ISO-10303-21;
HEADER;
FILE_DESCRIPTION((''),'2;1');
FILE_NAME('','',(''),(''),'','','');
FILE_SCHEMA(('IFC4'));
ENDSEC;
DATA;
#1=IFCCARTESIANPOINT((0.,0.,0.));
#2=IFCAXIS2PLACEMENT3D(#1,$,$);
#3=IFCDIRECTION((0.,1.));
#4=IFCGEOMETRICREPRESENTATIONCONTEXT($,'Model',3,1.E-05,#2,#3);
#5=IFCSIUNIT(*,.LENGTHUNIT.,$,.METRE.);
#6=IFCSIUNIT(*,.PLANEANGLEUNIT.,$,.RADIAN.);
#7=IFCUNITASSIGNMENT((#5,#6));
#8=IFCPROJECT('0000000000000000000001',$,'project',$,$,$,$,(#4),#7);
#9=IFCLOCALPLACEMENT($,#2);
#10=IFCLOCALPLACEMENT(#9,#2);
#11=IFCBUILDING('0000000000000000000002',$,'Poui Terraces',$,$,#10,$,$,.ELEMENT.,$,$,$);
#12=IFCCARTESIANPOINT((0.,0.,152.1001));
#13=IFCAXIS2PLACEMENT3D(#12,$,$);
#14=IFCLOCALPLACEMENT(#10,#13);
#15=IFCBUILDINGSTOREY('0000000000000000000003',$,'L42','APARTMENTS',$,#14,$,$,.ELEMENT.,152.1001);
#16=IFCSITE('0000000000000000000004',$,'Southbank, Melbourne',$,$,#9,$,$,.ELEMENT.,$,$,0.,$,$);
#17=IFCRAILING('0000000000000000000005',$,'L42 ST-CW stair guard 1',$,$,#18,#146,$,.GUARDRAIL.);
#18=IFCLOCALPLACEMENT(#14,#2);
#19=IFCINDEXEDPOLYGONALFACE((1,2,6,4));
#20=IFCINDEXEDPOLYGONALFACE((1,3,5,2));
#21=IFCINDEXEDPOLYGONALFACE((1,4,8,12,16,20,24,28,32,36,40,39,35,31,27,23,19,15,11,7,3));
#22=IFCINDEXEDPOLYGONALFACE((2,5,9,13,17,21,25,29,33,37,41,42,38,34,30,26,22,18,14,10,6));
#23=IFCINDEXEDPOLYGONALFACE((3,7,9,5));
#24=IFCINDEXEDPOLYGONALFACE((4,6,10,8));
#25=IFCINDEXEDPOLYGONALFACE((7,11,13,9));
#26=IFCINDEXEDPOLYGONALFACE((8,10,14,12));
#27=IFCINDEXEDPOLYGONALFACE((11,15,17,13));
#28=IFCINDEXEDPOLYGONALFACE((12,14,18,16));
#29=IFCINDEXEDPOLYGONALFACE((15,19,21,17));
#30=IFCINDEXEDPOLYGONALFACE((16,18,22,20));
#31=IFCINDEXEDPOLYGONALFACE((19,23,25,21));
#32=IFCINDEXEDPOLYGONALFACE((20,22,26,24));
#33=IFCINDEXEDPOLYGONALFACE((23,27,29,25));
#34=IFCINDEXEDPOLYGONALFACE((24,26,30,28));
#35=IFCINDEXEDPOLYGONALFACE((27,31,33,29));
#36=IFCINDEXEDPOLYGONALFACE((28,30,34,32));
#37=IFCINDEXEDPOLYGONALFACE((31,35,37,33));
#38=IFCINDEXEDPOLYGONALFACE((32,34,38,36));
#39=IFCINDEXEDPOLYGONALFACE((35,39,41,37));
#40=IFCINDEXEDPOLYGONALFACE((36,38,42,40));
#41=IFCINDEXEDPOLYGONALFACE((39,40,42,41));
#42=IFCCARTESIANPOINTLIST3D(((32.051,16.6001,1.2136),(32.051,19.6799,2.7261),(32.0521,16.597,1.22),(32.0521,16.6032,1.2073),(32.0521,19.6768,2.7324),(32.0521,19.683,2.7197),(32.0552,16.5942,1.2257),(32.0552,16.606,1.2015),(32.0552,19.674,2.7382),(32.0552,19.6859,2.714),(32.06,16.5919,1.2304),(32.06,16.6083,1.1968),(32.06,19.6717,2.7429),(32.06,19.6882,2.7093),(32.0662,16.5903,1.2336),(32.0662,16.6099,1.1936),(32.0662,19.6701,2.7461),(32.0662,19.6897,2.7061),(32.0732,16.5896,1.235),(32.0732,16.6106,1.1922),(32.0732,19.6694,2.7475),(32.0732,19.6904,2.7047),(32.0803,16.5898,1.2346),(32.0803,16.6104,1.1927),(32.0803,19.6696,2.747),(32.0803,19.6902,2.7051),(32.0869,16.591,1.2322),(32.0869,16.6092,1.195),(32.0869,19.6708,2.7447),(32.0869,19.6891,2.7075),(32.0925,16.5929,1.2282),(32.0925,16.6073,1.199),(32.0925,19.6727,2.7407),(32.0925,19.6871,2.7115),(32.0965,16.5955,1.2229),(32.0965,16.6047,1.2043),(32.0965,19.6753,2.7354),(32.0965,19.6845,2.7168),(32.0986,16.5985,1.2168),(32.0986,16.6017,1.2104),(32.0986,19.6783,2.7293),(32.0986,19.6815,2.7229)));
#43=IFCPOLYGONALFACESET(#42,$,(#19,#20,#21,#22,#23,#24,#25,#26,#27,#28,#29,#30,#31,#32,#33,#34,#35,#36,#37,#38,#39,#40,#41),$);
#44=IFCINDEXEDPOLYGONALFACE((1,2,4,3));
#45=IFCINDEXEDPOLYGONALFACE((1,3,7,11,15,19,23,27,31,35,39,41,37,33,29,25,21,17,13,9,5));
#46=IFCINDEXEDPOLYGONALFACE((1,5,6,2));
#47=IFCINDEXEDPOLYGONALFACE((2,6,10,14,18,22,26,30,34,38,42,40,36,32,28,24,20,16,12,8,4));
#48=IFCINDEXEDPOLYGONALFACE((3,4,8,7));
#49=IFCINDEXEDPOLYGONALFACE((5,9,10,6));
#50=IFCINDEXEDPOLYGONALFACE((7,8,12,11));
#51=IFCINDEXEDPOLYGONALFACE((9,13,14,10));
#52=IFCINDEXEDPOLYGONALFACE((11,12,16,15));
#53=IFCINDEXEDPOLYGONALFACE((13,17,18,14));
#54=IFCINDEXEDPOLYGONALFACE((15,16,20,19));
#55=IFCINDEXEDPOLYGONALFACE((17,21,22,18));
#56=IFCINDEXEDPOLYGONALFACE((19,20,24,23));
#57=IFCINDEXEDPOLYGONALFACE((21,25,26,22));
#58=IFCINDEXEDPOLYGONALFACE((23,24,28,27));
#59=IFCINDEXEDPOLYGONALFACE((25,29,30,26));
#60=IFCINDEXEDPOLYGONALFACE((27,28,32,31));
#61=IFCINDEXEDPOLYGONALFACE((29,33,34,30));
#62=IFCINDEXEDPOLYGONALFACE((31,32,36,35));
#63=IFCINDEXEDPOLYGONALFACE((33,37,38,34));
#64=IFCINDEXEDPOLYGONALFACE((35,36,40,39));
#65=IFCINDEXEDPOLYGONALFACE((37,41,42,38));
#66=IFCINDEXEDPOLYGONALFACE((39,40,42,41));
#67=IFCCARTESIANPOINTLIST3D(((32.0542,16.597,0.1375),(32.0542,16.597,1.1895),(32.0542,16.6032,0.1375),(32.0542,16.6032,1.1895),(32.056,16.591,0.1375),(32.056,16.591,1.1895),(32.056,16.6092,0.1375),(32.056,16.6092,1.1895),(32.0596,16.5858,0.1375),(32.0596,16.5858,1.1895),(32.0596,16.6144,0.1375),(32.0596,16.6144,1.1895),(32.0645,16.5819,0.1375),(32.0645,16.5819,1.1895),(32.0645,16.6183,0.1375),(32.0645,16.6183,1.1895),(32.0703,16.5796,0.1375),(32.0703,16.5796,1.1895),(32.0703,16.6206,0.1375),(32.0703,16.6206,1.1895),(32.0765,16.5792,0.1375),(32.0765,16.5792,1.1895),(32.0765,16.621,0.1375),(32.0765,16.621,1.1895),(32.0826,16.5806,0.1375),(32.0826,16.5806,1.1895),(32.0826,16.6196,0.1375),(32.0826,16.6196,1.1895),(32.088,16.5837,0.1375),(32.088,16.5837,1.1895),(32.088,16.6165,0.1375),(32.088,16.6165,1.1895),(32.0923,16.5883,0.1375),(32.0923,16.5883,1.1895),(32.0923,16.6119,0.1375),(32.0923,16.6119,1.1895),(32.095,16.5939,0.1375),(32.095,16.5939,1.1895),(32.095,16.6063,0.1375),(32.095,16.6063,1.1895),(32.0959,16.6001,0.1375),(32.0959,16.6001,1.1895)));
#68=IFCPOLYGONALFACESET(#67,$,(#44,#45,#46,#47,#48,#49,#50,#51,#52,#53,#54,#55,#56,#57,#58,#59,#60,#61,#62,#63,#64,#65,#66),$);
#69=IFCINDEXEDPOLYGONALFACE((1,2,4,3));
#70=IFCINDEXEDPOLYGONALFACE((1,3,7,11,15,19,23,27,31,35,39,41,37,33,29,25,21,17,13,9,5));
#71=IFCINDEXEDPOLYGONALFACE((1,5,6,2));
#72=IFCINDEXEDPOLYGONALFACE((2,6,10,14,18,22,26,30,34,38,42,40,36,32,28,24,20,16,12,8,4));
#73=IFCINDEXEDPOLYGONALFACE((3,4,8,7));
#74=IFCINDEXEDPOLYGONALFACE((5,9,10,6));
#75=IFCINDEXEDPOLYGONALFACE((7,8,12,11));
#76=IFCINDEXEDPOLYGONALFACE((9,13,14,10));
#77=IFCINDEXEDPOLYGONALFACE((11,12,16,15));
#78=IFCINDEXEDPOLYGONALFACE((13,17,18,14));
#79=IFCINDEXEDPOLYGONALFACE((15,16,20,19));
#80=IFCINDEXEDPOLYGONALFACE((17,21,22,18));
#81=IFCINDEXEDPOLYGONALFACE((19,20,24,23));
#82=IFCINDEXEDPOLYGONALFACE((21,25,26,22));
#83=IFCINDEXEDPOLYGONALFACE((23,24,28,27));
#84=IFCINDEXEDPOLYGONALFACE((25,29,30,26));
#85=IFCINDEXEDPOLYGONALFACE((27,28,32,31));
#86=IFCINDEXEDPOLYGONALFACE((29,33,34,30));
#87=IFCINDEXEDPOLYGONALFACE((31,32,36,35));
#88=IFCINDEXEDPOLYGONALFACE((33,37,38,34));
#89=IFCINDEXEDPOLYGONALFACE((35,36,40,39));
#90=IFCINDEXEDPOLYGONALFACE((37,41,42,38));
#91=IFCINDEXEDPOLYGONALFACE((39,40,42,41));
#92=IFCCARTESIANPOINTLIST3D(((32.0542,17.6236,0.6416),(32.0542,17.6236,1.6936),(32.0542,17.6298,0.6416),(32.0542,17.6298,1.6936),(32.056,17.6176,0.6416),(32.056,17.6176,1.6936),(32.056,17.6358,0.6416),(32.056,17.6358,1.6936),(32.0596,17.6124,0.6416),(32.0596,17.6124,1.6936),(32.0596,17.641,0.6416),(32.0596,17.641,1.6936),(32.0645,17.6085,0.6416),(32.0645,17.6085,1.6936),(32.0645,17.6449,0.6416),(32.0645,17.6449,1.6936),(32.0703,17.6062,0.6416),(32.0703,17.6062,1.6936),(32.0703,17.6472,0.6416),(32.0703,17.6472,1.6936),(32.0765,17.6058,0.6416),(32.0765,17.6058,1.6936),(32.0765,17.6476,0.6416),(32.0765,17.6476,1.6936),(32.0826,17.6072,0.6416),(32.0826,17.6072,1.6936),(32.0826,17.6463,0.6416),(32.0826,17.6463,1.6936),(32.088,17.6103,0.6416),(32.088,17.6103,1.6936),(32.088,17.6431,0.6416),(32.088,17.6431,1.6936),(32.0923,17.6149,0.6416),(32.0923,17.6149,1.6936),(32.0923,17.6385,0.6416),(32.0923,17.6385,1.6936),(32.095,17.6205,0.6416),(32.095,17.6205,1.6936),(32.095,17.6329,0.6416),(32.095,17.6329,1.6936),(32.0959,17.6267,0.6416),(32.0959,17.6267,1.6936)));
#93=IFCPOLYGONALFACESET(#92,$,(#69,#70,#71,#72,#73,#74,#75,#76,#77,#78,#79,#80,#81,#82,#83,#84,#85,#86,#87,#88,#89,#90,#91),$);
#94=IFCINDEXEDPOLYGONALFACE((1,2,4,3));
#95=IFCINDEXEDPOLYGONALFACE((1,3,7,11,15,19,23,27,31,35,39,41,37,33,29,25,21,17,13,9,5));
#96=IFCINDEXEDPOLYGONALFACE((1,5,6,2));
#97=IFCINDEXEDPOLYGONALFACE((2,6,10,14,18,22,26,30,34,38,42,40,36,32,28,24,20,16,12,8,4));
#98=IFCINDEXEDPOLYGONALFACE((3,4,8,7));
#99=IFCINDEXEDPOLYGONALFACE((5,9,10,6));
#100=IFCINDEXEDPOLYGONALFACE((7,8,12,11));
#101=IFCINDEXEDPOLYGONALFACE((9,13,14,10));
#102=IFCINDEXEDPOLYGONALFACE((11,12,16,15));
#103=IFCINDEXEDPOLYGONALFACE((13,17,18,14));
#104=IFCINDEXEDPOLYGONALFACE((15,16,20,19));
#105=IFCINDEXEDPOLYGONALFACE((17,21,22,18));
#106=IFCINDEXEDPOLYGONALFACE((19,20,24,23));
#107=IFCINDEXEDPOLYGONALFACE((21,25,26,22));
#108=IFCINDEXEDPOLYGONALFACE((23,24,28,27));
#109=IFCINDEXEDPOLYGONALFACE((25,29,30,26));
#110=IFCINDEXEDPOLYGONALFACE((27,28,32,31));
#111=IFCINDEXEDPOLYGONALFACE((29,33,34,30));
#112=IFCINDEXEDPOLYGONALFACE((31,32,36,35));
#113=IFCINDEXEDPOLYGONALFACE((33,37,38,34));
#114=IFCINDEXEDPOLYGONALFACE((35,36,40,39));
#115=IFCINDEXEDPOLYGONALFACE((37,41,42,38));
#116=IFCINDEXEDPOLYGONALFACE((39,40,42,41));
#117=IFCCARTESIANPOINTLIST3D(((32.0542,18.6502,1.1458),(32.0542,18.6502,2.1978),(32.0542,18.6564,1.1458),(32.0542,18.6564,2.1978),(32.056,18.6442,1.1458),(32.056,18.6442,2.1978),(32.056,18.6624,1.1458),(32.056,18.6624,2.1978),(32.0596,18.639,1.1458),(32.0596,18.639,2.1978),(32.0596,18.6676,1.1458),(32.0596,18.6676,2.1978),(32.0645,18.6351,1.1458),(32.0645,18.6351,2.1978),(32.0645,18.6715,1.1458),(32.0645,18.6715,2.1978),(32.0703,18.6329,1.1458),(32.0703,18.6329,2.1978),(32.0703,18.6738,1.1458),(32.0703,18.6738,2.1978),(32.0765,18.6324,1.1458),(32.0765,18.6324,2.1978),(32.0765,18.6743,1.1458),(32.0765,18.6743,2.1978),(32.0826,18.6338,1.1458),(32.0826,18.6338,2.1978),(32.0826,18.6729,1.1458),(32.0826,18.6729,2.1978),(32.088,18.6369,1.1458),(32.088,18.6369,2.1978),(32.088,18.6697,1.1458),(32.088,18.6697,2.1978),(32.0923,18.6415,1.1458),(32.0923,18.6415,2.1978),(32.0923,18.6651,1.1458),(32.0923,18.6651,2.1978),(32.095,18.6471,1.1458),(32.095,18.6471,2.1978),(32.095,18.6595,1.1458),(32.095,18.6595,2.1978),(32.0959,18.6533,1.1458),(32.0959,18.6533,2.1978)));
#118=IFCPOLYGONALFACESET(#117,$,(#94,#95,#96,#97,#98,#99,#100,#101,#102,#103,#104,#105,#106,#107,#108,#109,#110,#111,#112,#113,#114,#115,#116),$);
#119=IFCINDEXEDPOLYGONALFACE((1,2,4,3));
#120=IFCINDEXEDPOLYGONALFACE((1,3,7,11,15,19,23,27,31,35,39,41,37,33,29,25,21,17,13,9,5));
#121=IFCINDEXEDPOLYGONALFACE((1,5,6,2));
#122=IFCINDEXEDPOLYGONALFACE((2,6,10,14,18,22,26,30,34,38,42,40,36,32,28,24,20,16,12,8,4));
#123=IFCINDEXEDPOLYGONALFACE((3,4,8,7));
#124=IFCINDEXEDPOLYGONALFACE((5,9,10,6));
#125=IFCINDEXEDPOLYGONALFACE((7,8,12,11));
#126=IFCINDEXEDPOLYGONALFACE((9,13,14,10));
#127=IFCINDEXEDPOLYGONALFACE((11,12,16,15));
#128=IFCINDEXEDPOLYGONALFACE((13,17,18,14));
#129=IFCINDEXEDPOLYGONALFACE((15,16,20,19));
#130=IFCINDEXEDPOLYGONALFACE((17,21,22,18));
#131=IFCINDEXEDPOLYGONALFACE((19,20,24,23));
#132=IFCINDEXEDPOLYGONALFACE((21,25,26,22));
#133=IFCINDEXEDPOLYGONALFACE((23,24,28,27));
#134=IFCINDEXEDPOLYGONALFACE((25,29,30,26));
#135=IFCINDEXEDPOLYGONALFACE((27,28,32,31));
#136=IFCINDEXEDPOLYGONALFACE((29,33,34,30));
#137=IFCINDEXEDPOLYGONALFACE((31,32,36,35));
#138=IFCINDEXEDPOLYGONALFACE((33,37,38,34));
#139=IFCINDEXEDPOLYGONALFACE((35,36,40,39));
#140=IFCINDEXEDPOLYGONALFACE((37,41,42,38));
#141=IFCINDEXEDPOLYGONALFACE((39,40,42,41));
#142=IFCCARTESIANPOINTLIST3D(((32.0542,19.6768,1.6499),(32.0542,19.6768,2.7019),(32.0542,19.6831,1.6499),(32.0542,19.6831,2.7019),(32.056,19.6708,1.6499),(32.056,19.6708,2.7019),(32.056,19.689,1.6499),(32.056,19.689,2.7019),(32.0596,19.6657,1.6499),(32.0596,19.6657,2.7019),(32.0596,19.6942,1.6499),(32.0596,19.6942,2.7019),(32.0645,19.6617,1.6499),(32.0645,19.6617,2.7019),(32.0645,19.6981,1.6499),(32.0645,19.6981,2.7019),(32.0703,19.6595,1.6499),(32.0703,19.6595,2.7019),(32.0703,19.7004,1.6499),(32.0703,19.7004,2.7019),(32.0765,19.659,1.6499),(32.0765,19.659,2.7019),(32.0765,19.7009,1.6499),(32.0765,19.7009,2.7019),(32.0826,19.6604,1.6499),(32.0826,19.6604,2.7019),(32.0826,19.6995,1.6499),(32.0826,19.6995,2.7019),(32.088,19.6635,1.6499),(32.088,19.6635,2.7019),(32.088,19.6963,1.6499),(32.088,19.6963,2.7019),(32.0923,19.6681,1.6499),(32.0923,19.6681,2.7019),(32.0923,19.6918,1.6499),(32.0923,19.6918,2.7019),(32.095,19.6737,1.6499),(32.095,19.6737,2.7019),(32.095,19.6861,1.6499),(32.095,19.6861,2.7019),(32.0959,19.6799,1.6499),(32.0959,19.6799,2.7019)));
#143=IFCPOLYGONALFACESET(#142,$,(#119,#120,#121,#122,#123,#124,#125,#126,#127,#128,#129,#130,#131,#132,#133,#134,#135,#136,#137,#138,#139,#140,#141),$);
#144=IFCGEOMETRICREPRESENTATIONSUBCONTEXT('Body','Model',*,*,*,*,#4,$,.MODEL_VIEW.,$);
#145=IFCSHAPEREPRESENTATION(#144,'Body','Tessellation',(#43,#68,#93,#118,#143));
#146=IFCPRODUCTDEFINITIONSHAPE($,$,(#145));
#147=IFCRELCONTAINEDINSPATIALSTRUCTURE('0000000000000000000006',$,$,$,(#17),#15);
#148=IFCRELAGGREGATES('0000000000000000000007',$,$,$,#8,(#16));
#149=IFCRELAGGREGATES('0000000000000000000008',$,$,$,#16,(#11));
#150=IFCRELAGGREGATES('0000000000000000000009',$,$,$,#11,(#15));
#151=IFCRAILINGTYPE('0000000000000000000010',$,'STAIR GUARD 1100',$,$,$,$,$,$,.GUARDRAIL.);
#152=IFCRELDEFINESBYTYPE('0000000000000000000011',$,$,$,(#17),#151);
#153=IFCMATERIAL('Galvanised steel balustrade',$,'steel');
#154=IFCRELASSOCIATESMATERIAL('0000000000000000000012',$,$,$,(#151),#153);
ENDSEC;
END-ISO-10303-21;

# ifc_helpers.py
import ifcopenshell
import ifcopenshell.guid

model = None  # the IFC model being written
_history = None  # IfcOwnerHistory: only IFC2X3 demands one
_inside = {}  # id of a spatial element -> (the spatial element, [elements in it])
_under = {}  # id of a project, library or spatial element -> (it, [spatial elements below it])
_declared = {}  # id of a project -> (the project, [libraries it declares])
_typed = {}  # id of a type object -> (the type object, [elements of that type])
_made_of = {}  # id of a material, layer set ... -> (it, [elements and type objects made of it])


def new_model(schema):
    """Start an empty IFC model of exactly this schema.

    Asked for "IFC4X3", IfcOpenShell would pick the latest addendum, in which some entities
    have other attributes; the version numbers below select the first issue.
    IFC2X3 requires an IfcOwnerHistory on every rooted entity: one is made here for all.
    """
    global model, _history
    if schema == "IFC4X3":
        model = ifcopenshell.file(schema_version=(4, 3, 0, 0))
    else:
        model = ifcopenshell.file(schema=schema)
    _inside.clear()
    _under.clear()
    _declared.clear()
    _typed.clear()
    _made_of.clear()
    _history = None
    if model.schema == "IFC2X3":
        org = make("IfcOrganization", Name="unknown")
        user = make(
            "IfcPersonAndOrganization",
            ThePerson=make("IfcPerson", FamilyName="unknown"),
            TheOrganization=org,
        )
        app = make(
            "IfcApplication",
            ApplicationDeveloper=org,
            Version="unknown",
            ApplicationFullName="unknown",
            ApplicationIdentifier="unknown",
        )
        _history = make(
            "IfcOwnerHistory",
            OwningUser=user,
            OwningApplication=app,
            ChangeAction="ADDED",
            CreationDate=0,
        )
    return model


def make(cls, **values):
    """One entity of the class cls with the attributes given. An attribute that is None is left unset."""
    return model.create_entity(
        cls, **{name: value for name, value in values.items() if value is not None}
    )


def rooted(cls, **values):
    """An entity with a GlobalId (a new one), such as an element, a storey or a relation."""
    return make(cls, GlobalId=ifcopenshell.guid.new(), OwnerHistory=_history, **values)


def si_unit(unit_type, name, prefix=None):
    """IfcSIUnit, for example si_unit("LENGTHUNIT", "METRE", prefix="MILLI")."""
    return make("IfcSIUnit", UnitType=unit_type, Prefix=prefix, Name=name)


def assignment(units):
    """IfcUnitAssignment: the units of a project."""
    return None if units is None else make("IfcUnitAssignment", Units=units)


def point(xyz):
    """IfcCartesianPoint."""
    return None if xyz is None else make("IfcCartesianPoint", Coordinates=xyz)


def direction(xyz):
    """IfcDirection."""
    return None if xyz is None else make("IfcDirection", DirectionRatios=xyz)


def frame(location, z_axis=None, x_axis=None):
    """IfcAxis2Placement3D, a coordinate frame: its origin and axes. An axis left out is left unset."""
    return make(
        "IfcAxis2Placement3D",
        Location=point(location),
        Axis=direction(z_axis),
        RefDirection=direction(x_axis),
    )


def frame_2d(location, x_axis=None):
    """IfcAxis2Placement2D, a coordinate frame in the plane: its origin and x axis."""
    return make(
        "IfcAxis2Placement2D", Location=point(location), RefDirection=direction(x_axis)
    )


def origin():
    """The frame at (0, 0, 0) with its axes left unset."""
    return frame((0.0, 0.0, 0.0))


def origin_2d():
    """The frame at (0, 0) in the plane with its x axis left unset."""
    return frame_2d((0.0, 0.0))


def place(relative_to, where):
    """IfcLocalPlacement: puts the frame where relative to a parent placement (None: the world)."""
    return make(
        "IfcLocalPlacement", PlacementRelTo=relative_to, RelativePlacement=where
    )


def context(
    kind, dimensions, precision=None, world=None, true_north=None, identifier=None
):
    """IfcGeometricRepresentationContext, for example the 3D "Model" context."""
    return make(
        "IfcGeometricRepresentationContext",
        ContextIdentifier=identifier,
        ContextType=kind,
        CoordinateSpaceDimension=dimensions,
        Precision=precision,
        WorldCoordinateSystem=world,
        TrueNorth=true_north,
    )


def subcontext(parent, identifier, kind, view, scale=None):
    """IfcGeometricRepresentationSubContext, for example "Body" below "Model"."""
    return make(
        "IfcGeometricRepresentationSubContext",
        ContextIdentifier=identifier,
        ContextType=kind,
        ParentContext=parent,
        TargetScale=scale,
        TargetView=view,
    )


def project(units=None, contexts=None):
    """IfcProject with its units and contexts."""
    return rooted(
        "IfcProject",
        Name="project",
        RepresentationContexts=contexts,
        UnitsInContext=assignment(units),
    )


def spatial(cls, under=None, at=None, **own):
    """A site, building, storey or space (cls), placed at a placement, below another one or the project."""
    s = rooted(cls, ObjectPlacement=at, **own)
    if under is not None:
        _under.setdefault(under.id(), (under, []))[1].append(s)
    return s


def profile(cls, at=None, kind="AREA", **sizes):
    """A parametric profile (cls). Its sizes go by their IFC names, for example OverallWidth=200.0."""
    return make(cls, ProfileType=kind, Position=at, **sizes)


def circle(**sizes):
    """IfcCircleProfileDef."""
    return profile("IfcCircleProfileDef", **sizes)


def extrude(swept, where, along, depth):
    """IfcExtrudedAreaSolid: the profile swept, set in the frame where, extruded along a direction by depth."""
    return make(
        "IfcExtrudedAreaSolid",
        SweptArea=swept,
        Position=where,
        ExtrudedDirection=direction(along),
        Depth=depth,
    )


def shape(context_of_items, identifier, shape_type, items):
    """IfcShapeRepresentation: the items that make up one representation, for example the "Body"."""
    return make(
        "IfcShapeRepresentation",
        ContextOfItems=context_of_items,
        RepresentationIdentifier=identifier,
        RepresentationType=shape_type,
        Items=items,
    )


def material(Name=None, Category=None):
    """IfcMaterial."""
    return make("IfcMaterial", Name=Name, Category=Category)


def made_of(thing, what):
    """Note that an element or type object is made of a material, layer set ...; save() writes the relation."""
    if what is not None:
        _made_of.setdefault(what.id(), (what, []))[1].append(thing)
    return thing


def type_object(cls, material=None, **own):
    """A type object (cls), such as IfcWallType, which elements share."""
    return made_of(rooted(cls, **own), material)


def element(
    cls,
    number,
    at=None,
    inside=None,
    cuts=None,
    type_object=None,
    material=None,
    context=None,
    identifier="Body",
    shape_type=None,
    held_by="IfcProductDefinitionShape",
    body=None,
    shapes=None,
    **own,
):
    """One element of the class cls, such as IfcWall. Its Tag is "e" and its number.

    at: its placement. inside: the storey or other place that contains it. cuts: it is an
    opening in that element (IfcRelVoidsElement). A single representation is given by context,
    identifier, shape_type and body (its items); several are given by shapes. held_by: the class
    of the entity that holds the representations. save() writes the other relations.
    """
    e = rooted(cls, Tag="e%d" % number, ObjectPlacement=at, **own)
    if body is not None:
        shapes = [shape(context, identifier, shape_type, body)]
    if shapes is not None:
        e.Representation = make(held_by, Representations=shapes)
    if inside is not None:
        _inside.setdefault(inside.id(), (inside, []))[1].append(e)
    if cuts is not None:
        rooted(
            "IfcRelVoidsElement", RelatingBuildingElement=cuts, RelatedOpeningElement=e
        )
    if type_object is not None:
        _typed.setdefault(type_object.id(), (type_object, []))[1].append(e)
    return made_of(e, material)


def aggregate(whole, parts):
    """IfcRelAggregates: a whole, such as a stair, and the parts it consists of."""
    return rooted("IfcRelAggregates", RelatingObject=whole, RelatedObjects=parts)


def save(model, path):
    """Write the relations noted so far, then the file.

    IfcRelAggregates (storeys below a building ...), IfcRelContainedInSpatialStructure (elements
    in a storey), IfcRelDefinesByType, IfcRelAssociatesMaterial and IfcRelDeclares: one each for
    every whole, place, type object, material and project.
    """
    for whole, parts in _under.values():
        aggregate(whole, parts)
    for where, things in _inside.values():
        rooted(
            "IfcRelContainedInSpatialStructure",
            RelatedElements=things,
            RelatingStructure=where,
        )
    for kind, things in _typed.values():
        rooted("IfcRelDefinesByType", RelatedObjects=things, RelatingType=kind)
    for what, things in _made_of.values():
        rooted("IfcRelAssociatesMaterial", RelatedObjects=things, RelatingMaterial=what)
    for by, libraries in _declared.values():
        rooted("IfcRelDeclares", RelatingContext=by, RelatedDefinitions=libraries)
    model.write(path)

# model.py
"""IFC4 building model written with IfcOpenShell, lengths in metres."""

from ifc_helpers import new_model, si_unit, direction, frame, origin, origin_2d, place, context, subcontext, project, spatial, circle, extrude, material, type_object, element, save


model = new_model("IFC4")

# Units and contexts
model_context = context("Model", 3, precision=1e-05, world=origin(), true_north=direction((0.0, 1.0)))
body_context = subcontext(model_context, "Body", "Model", "MODEL_VIEW")
ifc_project = project(units=[si_unit("LENGTHUNIT", "METRE"), si_unit("PLANEANGLEUNIT", "RADIAN")], contexts=[model_context])

# Site, building, storey
site_placement = place(None, origin())
site = spatial("IfcSite", under=ifc_project, at=site_placement, Name="Southbank, Melbourne", CompositionType="ELEMENT", RefElevation=0.0)
building_placement = place(site_placement, origin())
building = spatial("IfcBuilding", under=site, at=building_placement, Name="Poui Terraces", CompositionType="ELEMENT")
storey_placement = place(building_placement, frame((0.0, 0.0, 152.1001)))
storey = spatial("IfcBuildingStorey", under=building, at=storey_placement, Name="L42", Description="APARTMENTS", CompositionType="ELEMENT", Elevation=152.1001)

# Railing
ifc_material_1 = material(Name="Galvanised steel balustrade", Category="steel")
railing_type_1 = type_object("IfcRailingType", Name="STAIR GUARD 1100", PredefinedType="GUARDRAIL", material=ifc_material_1)
railing_1_placement = place(storey_placement, frame((32.075, 16.6001, 0.1375)))
element("IfcRailing", 1, at=railing_1_placement, inside=storey, type_object=railing_type_1, Name="L42 ST-CW stair guard 1", PredefinedType="GUARDRAIL", context=body_context, shape_type="SweptSolid", body=[
    extrude(circle(Radius=0.0239, at=origin_2d()), frame((0.0, 0.0, 1.0762), z_axis=(0.0, 0.897606, 0.440798), x_axis=(-1.0, 0.0, 0.0)), (0.0, 0.0, 1.0), 3.4312),
    extrude(circle(Radius=0.021, at=origin_2d()), origin(), (0.0, 0.0, 1.0), 1.052),
    extrude(circle(Radius=0.021, at=origin_2d()), frame((0.0, 1.0266, 0.5042)), (0.0, 0.0, 1.0), 1.052),
    extrude(circle(Radius=0.021, at=origin_2d()), frame((0.0, 2.0532, 1.0083)), (0.0, 0.0, 1.0), 1.052),
    extrude(circle(Radius=0.021, at=origin_2d()), frame((0.0, 3.0798, 1.5125)), (0.0, 0.0, 1.0), 1.052),
])

save(model, "model.ifc")
